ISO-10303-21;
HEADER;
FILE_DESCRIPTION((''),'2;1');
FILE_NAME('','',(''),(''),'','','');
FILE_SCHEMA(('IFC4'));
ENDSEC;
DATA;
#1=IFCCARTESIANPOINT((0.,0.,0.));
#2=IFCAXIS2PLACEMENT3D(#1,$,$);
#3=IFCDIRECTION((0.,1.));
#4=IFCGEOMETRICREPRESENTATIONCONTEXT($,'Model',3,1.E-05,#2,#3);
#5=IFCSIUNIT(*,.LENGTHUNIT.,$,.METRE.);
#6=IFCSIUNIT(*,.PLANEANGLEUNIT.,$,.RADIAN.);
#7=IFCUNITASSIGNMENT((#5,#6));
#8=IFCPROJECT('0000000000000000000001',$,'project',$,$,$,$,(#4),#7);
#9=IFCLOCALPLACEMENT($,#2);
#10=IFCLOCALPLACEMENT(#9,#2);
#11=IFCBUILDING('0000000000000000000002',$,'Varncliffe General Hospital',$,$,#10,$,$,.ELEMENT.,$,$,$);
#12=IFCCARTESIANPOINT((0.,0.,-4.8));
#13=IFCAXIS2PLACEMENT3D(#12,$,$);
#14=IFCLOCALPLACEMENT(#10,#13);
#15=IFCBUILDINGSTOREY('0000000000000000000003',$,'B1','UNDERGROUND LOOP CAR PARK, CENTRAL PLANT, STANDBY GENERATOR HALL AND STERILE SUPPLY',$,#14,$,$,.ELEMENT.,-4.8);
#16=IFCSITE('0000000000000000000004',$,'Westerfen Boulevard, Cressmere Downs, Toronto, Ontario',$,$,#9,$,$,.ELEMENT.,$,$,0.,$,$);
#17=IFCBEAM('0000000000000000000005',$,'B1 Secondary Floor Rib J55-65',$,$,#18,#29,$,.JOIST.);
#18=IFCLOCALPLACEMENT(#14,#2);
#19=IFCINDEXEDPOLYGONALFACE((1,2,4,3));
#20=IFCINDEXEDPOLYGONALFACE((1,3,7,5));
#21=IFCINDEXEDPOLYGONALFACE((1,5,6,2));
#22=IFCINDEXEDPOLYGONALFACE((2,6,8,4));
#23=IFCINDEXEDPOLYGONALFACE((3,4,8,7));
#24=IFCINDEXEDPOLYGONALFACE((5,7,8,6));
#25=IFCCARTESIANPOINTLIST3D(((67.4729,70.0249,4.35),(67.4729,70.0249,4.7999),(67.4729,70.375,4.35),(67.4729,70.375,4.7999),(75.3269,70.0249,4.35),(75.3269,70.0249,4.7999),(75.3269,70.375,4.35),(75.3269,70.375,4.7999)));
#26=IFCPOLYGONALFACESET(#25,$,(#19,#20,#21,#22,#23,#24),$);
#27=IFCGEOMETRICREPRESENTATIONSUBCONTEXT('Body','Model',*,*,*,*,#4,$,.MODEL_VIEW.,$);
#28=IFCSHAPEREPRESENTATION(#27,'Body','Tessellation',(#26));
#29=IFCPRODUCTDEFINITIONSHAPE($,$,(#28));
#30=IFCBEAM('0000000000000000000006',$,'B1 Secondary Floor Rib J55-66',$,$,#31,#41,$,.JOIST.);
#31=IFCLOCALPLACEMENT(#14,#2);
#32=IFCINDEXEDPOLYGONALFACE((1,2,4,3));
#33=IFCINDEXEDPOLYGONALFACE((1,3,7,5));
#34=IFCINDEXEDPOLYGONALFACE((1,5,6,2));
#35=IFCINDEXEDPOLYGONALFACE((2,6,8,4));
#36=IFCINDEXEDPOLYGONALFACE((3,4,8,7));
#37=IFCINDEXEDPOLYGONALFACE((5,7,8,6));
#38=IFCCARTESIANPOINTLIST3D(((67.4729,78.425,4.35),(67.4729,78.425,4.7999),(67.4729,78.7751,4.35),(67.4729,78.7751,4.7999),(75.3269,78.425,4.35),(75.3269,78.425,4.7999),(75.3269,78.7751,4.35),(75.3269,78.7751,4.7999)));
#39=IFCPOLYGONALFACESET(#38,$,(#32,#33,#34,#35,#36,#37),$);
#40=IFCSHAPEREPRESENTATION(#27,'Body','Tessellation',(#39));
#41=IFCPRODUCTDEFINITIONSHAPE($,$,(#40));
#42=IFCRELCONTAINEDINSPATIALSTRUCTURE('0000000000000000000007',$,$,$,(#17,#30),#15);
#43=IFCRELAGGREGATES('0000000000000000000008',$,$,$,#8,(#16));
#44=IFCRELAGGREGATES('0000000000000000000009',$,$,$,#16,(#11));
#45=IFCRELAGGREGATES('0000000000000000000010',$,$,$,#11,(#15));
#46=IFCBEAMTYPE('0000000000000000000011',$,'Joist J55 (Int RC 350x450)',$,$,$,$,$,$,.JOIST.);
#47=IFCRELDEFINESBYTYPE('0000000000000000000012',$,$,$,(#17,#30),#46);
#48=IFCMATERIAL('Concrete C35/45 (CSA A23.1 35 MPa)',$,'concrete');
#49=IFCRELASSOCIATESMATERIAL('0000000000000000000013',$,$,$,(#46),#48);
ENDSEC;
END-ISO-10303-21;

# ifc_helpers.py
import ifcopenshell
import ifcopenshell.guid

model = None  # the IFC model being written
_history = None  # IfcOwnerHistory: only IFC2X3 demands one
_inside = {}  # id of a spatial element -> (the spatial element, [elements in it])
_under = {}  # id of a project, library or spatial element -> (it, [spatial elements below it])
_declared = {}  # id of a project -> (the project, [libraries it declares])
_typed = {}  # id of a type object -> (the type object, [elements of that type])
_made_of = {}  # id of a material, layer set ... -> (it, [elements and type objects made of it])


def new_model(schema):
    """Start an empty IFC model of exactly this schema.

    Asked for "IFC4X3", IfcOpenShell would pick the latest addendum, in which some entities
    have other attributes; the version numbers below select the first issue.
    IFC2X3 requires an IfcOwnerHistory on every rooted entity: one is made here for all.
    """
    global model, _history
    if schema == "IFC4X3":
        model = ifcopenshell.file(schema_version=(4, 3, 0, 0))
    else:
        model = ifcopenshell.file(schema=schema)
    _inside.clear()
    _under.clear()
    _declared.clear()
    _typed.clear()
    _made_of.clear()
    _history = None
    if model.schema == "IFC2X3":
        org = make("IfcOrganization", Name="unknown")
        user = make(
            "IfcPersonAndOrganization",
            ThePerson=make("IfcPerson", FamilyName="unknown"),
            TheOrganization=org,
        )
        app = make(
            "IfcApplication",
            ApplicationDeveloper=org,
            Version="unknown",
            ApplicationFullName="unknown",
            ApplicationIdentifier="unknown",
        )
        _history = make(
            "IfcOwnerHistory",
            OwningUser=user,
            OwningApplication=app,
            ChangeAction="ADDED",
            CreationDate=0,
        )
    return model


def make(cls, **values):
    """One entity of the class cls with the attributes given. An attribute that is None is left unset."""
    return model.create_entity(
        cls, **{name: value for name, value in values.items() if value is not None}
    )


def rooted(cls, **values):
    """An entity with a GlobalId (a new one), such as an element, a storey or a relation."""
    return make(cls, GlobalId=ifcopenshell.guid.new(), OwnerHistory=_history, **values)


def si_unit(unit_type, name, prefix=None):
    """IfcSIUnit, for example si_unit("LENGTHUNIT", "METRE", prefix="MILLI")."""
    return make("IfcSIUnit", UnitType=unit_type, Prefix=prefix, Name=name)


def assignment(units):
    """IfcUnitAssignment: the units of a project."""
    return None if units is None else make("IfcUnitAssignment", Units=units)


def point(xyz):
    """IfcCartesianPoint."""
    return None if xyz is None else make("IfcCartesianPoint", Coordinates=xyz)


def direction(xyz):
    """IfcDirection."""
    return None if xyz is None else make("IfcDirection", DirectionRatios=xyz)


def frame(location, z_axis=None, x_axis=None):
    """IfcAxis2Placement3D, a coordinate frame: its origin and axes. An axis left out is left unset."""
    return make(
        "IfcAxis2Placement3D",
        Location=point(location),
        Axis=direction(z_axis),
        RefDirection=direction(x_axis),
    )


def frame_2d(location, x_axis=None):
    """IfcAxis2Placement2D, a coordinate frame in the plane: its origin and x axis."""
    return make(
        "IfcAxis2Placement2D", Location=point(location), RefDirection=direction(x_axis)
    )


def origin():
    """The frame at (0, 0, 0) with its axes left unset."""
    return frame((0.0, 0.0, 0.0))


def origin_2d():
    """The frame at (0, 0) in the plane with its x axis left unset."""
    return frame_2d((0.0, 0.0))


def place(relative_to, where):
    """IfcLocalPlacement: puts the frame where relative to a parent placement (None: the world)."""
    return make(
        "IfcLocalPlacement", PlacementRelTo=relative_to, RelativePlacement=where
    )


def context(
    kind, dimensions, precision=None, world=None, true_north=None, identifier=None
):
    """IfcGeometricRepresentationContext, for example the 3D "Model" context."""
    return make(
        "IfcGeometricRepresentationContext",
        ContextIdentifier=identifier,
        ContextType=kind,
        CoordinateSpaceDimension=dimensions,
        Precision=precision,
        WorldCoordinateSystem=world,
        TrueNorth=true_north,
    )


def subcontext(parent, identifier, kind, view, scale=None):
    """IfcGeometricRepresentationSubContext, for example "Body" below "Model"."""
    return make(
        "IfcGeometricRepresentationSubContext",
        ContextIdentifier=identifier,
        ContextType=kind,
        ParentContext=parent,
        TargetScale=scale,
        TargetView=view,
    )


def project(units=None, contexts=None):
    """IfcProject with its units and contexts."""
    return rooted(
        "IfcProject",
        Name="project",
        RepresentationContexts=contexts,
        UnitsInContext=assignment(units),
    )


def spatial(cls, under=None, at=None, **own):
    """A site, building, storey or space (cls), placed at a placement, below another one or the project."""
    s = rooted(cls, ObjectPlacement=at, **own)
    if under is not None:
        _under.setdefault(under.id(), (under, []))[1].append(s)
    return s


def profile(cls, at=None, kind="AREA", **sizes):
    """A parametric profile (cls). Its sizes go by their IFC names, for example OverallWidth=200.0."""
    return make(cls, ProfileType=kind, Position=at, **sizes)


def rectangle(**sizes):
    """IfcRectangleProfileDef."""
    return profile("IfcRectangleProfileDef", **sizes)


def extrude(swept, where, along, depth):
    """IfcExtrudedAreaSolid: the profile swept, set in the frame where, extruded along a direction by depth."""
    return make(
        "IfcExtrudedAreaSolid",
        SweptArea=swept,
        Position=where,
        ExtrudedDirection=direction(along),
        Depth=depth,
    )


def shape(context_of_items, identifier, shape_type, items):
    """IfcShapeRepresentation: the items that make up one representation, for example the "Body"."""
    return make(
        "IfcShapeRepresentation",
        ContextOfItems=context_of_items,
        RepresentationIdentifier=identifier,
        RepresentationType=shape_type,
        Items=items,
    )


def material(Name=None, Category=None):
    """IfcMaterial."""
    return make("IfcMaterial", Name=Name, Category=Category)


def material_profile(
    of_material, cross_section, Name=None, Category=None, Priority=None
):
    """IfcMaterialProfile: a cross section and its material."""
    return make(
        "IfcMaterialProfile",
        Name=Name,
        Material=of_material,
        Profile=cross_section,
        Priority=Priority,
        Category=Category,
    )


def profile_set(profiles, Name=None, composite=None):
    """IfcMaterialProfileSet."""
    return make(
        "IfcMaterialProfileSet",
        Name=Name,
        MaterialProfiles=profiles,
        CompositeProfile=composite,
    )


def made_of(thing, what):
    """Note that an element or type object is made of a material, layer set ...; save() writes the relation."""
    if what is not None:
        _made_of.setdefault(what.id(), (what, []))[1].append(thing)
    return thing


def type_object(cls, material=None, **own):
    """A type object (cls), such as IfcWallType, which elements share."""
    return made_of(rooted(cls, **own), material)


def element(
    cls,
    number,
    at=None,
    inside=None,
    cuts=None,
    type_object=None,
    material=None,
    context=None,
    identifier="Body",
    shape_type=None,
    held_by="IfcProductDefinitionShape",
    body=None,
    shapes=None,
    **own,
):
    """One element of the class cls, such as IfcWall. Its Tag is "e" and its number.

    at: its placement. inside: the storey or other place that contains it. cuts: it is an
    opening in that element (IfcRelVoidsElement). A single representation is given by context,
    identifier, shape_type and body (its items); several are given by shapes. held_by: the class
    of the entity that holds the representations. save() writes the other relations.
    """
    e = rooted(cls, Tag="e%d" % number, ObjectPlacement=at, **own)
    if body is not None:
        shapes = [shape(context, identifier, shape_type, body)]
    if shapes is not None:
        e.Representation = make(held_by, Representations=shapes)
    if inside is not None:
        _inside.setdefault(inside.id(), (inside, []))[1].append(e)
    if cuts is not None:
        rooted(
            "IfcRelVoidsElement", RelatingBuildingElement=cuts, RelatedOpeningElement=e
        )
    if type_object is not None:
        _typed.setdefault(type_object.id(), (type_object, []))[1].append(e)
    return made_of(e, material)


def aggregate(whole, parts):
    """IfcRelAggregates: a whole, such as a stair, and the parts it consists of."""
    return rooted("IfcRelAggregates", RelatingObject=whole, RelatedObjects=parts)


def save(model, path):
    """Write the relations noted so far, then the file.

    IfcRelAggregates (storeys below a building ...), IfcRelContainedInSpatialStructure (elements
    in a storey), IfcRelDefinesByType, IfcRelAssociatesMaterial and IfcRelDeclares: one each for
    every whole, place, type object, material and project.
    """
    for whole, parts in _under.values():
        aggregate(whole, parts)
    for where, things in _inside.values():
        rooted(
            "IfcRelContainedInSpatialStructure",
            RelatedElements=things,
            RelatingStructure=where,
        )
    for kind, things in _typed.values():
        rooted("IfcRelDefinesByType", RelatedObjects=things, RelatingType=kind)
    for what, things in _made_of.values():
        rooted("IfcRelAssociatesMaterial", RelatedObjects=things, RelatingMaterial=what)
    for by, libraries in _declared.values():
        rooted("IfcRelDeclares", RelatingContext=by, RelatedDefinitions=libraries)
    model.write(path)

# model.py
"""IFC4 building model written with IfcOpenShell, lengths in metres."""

from ifc_helpers import new_model, si_unit, direction, frame, origin, origin_2d, place, context, subcontext, project, spatial, rectangle, extrude, material, material_profile, profile_set, type_object, element, save


model = new_model("IFC4")

# Units and contexts
model_context = context("Model", 3, precision=1e-05, world=origin(), true_north=direction((0.0, 1.0)))
body_context = subcontext(model_context, "Body", "Model", "MODEL_VIEW")
ifc_project = project(units=[si_unit("LENGTHUNIT", "METRE"), si_unit("PLANEANGLEUNIT", "RADIAN")], contexts=[model_context])

# Site, building, storey
site_placement = place(None, origin())
site = spatial("IfcSite", under=ifc_project, at=site_placement, Name="Westerfen Boulevard, Cressmere Downs, Toronto, Ontario", CompositionType="ELEMENT", RefElevation=0.0)
building_placement = place(site_placement, origin())
building = spatial("IfcBuilding", under=site, at=building_placement, Name="Varncliffe General Hospital", CompositionType="ELEMENT")
storey_placement = place(building_placement, frame((0.0, 0.0, -4.8)))
storey = spatial("IfcBuildingStorey", under=building, at=storey_placement, Name="B1", Description="UNDERGROUND LOOP CAR PARK, CENTRAL PLANT, STANDBY GENERATOR HALL AND STERILE SUPPLY", CompositionType="ELEMENT", Elevation=-4.8)

# Beams
ifc_material_1 = material(Name="Concrete C35/45 (CSA A23.1 35 MPa)", Category="concrete")
ifc_material_profile_1 = material_profile(ifc_material_1, rectangle(XDim=0.3501, YDim=0.45, at=origin_2d()), Name="RC 350x450")
ifc_profile_set_1 = profile_set([ifc_material_profile_1], Name="Concrete C35/45 (CSA A23.1 35 MPa)")
beam_type_1 = type_object("IfcBeamType", Name="Joist J55 (Int RC 350x450)", PredefinedType="JOIST", material=ifc_profile_set_1)
for number, where, z_axis, x_axis, name in (
    (1, (67.4729, 70.2, 4.575), (1.0, 0.0, 0.0), (0.0, 1.0, 0.0), "B1 Secondary Floor Rib J55-65"),
    (2, (67.4729, 78.6001, 4.575), (1.0, 0.0, 0.0), (0.0, 1.0, 0.0), "B1 Secondary Floor Rib J55-66"),
):
    element("IfcBeam", number, at=place(storey_placement, frame(where, z_axis=z_axis, x_axis=x_axis)), inside=storey, type_object=beam_type_1, Name=name, PredefinedType="JOIST", context=body_context, shape_type="SweptSolid", body=[
        extrude(rectangle(XDim=0.3501, YDim=0.45, at=origin_2d()), origin(), (0.0, 0.0, 1.0), 7.854),
    ])

save(model, "model.ifc")
